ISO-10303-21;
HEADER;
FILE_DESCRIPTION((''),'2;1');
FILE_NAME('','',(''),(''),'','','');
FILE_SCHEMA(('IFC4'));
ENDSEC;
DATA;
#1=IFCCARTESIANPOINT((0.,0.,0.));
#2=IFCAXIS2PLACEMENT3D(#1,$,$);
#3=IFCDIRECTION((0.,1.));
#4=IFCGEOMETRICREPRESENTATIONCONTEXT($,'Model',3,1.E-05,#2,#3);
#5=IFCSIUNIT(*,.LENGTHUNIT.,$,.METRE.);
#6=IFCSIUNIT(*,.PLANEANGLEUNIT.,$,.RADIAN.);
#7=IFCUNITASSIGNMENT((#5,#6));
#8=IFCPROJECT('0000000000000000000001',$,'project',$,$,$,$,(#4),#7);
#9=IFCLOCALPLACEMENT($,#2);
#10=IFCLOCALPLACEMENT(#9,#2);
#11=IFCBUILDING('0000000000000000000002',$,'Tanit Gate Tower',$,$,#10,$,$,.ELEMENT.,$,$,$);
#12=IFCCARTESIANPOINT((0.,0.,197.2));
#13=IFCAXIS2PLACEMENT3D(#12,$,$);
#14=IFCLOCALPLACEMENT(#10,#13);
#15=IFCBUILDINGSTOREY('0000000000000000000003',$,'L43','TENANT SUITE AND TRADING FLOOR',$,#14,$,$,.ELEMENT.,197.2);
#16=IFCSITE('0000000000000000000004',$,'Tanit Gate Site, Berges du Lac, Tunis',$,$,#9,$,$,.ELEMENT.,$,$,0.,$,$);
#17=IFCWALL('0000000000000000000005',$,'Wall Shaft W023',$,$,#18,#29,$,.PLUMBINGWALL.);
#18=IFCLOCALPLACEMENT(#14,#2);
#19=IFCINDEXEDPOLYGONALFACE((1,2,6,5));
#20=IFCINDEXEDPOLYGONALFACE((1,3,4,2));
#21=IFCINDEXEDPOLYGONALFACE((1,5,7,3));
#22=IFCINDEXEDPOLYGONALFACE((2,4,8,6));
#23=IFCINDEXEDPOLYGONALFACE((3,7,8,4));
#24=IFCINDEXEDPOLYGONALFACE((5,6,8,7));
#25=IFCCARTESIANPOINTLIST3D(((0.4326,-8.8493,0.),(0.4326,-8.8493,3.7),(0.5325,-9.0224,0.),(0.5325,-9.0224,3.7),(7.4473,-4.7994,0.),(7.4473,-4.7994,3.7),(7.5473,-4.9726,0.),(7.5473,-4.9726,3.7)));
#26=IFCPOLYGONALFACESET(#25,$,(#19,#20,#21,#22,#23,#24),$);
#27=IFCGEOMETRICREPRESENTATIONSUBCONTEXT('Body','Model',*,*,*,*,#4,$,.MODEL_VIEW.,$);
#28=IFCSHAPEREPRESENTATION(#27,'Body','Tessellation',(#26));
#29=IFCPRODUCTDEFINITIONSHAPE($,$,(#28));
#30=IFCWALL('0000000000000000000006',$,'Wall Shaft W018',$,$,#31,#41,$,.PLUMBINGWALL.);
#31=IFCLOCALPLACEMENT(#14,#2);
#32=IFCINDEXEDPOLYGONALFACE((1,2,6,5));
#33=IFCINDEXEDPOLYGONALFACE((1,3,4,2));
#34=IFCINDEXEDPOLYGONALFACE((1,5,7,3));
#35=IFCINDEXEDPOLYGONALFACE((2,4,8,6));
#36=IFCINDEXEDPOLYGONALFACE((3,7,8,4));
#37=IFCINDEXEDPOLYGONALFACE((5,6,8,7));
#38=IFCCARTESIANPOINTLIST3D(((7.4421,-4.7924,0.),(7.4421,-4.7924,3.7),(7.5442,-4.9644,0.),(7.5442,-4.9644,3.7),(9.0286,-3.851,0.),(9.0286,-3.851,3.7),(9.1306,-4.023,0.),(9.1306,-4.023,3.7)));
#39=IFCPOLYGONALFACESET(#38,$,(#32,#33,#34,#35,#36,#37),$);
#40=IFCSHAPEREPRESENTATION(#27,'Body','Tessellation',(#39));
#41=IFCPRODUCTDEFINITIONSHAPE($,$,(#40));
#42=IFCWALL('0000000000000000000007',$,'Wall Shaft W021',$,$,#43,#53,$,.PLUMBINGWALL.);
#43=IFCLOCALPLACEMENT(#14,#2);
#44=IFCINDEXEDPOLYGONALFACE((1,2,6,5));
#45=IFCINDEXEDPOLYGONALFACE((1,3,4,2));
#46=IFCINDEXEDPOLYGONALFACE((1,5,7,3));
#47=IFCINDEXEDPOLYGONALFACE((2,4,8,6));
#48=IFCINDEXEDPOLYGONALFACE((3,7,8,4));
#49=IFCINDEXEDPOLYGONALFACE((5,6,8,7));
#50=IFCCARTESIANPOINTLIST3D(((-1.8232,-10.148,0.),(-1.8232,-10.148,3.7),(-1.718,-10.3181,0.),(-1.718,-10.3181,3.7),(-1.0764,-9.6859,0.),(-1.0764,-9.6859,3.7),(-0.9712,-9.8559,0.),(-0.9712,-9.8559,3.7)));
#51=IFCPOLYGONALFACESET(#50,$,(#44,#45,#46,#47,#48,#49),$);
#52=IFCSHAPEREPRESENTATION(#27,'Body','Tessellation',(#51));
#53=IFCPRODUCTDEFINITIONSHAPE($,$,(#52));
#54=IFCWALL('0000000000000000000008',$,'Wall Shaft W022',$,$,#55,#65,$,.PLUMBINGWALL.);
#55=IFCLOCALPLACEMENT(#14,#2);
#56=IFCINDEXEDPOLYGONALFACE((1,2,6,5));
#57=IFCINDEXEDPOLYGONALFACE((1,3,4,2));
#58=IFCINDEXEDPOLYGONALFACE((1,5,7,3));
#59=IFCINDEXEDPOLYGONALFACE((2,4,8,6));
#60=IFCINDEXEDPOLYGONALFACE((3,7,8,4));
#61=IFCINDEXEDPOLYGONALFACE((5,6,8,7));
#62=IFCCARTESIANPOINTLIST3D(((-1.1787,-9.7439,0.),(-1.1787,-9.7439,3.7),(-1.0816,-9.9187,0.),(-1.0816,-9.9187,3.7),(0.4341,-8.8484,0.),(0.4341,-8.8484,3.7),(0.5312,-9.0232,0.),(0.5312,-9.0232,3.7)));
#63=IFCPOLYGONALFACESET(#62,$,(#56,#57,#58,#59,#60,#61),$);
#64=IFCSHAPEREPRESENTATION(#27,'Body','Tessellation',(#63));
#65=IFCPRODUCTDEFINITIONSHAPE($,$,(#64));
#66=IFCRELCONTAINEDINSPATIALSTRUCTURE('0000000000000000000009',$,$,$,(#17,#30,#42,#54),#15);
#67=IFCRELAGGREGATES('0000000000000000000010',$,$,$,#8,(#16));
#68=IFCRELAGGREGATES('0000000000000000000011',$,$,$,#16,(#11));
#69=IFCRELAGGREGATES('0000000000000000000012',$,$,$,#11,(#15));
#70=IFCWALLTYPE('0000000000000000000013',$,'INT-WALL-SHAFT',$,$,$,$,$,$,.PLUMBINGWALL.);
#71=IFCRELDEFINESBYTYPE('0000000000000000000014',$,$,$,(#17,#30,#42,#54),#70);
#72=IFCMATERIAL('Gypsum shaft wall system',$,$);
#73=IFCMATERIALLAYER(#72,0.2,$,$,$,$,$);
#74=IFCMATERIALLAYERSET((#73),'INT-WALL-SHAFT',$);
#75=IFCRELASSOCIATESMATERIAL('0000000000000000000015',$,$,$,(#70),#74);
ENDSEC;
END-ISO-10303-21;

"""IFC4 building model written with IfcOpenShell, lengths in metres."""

from ifc_helpers import new_model, si_unit, direction, frame, frame_2d, origin, place, context, subcontext, project, spatial, rectangle, extrude, material, layer, layer_set, type_object, element, save


model = new_model("IFC4")

# Units and contexts
model_context = context("Model", 3, precision=1e-05, world=origin(), true_north=direction((0.0, 1.0)))
body_context = subcontext(model_context, "Body", "Model", "MODEL_VIEW")
ifc_project = project(units=[si_unit("LENGTHUNIT", "METRE"), si_unit("PLANEANGLEUNIT", "RADIAN")], contexts=[model_context])

# Site, building, storey
site_placement = place(None, origin())
site = spatial("IfcSite", under=ifc_project, at=site_placement, Name="Tanit Gate Site, Berges du Lac, Tunis", CompositionType="ELEMENT", RefElevation=0.0)
building_placement = place(site_placement, origin())
building = spatial("IfcBuilding", under=site, at=building_placement, Name="Tanit Gate Tower", CompositionType="ELEMENT")
storey_placement = place(building_placement, frame((0.0, 0.0, 197.2)))
storey = spatial("IfcBuildingStorey", under=building, at=storey_placement, Name="L43", Description="TENANT SUITE AND TRADING FLOOR", CompositionType="ELEMENT", Elevation=197.2)

# Walls
ifc_material_1 = material(Name="Gypsum shaft wall system")
ifc_layer_1 = layer(ifc_material_1, 0.2)
ifc_layer_set_1 = layer_set([ifc_layer_1], Name="INT-WALL-SHAFT")
wall_type_1 = type_object("IfcWallType", Name="INT-WALL-SHAFT", PredefinedType="PLUMBINGWALL", material=ifc_layer_set_1)
wall_1_placement = place(storey_placement, frame((0.4827, -8.9358, 0.0), z_axis=(0.0, 0.0, 1.0), x_axis=(0.866031, 0.49999, 0.0)))
element("IfcWall", 1, at=wall_1_placement, inside=storey, type_object=wall_type_1, Name="Wall Shaft W023", PredefinedType="PLUMBINGWALL", context=body_context, shape_type="SweptSolid", body=[
    extrude(rectangle(XDim=8.0999, YDim=0.2, at=frame_2d((4.0498, 0.0))), origin(), (0.0, 0.0, 1.0), 3.7),
])
wall_2_placement = place(storey_placement, frame((7.4932, -4.8784, 0.0), z_axis=(0.0, 0.0, 1.0), x_axis=(0.859982, 0.510325, 0.0)))
element("IfcWall", 2, at=wall_2_placement, inside=storey, type_object=wall_type_1, Name="Wall Shaft W018", PredefinedType="PLUMBINGWALL", context=body_context, shape_type="SweptSolid", body=[
    extrude(rectangle(XDim=1.8447, YDim=0.2, at=frame_2d((0.9224, 0.0))), origin(), (0.0, 0.0, 1.0), 3.7),
])
wall_3_placement = place(storey_placement, frame((-1.0239, -9.771, 0.0), z_axis=(0.0, 0.0, 1.0), x_axis=(-0.850348, -0.526221, 0.0)))
element("IfcWall", 3, at=wall_3_placement, inside=storey, type_object=wall_type_1, Name="Wall Shaft W021", PredefinedType="PLUMBINGWALL", context=body_context, shape_type="SweptSolid", body=[
    extrude(rectangle(XDim=0.8782, YDim=0.2, at=frame_2d((0.439, 0.0))), origin(), (0.0, 0.0, 1.0), 3.7),
])
wall_4_placement = place(storey_placement, frame((-1.1301, -9.8313, 0.0), z_axis=(0.0, 0.0, 1.0), x_axis=(0.87427, 0.485441, 0.0)))
element("IfcWall", 4, at=wall_4_placement, inside=storey, type_object=wall_type_1, Name="Wall Shaft W022", PredefinedType="PLUMBINGWALL", context=body_context, shape_type="SweptSolid", body=[
    extrude(rectangle(XDim=1.8447, YDim=0.2, at=frame_2d((0.9224, 0.0))), origin(), (0.0, 0.0, 1.0), 3.7),
])

save(model, "model.ifc")
